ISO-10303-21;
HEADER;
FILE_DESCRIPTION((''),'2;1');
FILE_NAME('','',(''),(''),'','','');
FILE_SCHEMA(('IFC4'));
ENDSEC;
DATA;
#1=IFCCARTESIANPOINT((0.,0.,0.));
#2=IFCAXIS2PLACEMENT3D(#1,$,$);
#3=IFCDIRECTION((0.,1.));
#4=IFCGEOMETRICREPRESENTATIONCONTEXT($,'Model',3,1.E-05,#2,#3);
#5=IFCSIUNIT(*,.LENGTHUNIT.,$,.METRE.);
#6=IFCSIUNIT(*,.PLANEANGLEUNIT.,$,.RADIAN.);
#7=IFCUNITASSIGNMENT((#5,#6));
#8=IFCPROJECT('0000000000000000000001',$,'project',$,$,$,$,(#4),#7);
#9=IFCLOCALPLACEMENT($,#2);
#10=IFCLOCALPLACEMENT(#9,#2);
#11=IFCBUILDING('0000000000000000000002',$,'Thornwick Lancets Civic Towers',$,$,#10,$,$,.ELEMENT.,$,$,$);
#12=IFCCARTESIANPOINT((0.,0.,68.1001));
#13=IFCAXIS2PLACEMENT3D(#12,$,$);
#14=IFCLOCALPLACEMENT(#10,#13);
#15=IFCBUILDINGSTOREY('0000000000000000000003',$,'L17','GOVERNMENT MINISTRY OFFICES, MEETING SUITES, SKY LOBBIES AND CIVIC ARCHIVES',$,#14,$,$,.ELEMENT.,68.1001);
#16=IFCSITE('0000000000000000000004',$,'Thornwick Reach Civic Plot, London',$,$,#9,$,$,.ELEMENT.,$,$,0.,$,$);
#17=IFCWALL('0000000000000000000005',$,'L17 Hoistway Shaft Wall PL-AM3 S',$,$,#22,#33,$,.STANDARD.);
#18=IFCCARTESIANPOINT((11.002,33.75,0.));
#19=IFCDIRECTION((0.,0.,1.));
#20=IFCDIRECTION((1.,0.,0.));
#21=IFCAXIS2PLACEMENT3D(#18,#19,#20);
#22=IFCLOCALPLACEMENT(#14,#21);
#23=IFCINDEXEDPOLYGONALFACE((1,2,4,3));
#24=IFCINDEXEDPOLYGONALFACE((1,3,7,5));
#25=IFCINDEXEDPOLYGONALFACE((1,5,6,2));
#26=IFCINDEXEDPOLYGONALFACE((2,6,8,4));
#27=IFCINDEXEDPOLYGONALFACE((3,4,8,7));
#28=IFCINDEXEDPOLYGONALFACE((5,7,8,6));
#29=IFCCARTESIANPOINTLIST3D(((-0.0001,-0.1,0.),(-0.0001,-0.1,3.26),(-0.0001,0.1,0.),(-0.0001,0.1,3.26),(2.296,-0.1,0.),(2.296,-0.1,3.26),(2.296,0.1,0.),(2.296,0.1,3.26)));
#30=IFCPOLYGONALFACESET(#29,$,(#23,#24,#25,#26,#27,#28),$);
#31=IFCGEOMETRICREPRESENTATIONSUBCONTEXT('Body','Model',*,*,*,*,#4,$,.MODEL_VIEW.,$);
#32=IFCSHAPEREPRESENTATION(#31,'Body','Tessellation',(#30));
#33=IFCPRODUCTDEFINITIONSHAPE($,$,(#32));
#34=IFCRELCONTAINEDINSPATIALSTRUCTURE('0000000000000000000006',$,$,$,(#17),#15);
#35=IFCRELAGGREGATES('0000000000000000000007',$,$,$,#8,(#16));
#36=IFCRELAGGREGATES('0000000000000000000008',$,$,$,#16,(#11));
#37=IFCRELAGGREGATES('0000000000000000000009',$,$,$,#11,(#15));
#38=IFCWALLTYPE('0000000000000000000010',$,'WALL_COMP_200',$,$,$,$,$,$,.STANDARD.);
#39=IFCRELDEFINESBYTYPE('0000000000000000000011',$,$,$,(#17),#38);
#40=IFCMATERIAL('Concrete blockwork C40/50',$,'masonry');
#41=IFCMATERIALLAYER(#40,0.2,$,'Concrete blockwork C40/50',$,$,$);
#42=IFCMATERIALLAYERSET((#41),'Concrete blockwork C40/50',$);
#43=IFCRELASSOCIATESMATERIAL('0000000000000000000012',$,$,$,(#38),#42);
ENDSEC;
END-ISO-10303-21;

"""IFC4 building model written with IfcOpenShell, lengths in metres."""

from ifc_helpers import new_model, si_unit, direction, frame, frame_2d, origin, place, context, subcontext, project, spatial, rectangle, extrude, material, layer, layer_set, type_object, element, save


model = new_model("IFC4")

# Units and contexts
model_context = context("Model", 3, precision=1e-05, world=origin(), true_north=direction((0.0, 1.0)))
body_context = subcontext(model_context, "Body", "Model", "MODEL_VIEW")
ifc_project = project(units=[si_unit("LENGTHUNIT", "METRE"), si_unit("PLANEANGLEUNIT", "RADIAN")], contexts=[model_context])

# Site, building, storey
site_placement = place(None, origin())
site = spatial("IfcSite", under=ifc_project, at=site_placement, Name="Thornwick Reach Civic Plot, London", CompositionType="ELEMENT", RefElevation=0.0)
building_placement = place(site_placement, origin())
building = spatial("IfcBuilding", under=site, at=building_placement, Name="Thornwick Lancets Civic Towers", CompositionType="ELEMENT")
storey_placement = place(building_placement, frame((0.0, 0.0, 68.1001)))
storey = spatial("IfcBuildingStorey", under=building, at=storey_placement, Name="L17", Description="GOVERNMENT MINISTRY OFFICES, MEETING SUITES, SKY LOBBIES AND CIVIC ARCHIVES", CompositionType="ELEMENT", Elevation=68.1001)

# Wall
ifc_material_1 = material(Name="Concrete blockwork C40/50", Category="masonry")
ifc_layer_1 = layer(ifc_material_1, 0.2, Name="Concrete blockwork C40/50")
ifc_layer_set_1 = layer_set([ifc_layer_1], Name="Concrete blockwork C40/50")
wall_type_1 = type_object("IfcWallType", Name="WALL_COMP_200", PredefinedType="STANDARD", material=ifc_layer_set_1)
wall_1_placement = place(storey_placement, frame((11.002, 33.75, 0.0), z_axis=(0.0, 0.0, 1.0), x_axis=(1.0, 0.0, 0.0)))
element("IfcWall", 1, at=wall_1_placement, inside=storey, type_object=wall_type_1, Name="L17 Hoistway Shaft Wall PL-AM3 S", PredefinedType="STANDARD", context=body_context, shape_type="SweptSolid", body=[
    extrude(rectangle(XDim=2.2961, YDim=0.2, at=frame_2d((1.1479, 0.0))), origin(), (0.0, 0.0, 1.0), 3.26),
])

save(model, "model.ifc")
